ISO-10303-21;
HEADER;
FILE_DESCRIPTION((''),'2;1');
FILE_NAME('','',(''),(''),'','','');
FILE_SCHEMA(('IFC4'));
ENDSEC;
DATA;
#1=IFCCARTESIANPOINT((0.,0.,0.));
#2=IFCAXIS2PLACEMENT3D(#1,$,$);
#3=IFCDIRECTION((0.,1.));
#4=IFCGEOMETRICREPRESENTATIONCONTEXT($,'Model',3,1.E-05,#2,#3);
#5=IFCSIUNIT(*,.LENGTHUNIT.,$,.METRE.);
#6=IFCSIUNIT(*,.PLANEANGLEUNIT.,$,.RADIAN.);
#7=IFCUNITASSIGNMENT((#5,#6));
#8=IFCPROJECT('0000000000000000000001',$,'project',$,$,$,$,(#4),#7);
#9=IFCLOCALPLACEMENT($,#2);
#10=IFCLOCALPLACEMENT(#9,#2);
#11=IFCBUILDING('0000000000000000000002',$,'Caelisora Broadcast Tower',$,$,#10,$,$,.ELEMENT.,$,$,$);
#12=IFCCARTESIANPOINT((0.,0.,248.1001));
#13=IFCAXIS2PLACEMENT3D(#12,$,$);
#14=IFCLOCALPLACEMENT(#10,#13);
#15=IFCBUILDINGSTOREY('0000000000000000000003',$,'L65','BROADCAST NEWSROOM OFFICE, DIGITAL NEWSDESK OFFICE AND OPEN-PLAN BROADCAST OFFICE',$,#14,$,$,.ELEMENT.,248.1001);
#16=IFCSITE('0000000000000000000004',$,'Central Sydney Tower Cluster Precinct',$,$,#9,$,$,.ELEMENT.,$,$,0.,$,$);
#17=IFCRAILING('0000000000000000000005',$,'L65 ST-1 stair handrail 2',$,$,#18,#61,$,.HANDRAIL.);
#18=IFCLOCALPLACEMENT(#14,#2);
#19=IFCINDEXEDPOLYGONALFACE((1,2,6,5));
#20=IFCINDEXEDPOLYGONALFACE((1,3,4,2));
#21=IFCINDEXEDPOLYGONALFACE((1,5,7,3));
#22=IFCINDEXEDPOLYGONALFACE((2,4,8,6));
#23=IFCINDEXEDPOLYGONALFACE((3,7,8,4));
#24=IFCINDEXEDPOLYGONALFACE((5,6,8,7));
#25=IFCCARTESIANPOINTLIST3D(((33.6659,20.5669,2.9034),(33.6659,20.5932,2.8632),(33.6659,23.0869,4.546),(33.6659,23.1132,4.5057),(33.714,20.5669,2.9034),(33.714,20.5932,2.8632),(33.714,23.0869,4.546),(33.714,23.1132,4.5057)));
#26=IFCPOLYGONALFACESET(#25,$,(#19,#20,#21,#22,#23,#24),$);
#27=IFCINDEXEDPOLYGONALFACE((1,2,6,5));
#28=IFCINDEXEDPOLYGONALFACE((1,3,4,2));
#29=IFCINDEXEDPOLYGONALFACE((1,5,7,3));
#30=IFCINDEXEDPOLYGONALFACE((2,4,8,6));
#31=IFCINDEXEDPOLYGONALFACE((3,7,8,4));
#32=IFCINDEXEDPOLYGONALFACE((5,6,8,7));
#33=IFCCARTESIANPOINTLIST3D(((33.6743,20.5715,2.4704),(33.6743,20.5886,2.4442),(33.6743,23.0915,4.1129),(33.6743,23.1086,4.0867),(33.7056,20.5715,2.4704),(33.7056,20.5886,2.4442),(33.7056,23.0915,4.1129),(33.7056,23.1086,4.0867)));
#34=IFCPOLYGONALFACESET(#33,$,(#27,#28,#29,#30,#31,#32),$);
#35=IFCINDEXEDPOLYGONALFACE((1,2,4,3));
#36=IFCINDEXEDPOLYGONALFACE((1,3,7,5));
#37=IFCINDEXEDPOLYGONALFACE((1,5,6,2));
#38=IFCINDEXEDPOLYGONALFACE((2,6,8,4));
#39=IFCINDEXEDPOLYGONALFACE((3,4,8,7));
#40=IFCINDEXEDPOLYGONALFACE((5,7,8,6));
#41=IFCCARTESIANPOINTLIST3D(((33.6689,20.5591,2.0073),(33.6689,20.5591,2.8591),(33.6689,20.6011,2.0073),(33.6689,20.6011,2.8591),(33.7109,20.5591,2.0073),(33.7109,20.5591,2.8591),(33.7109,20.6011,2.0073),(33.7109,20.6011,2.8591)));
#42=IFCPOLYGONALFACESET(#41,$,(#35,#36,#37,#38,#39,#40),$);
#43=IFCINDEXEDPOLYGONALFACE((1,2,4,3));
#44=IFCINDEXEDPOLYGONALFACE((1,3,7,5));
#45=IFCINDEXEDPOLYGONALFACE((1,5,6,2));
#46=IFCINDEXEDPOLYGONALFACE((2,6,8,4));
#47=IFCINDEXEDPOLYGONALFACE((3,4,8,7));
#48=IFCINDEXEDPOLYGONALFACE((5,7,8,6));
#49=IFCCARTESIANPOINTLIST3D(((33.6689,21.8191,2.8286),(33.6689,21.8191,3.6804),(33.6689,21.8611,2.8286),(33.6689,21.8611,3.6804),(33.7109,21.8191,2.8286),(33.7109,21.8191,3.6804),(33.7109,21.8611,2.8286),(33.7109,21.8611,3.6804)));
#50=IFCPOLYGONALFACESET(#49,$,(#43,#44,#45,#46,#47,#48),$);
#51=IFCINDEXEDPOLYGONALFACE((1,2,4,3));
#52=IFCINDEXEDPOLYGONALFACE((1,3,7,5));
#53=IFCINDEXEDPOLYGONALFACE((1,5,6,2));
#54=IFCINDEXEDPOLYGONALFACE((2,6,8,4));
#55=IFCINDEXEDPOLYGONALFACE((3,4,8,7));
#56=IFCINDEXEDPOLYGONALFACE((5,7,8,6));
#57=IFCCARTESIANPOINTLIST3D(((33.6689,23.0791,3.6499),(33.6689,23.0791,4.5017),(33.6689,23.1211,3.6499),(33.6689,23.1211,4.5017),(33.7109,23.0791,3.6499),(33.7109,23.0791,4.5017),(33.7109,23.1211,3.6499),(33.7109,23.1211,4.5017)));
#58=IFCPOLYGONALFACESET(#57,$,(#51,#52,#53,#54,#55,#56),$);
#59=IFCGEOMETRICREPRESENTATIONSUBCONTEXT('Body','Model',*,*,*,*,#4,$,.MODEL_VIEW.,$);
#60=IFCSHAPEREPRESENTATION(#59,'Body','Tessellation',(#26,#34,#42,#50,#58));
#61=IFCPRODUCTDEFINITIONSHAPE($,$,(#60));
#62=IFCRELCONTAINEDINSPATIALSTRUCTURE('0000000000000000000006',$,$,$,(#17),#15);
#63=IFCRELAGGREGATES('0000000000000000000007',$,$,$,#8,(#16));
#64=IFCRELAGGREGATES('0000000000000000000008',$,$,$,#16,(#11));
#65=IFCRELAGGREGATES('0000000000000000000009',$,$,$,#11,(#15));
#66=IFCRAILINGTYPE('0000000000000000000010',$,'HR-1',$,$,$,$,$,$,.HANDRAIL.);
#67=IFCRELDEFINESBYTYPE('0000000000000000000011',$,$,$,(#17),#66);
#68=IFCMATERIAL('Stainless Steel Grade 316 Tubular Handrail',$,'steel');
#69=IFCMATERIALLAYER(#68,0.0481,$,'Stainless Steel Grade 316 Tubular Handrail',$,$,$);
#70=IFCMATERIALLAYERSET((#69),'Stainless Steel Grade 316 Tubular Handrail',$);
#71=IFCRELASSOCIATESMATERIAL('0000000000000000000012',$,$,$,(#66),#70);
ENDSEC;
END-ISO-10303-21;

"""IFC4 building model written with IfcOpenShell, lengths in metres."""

from ifc_helpers import new_model, si_unit, direction, frame, origin, origin_2d, place, context, subcontext, project, spatial, rectangle, extrude, material, layer, layer_set, type_object, element, save


model = new_model("IFC4")

# Units and contexts
model_context = context("Model", 3, precision=1e-05, world=origin(), true_north=direction((0.0, 1.0)))
body_context = subcontext(model_context, "Body", "Model", "MODEL_VIEW")
ifc_project = project(units=[si_unit("LENGTHUNIT", "METRE"), si_unit("PLANEANGLEUNIT", "RADIAN")], contexts=[model_context])

# Site, building, storey
site_placement = place(None, origin())
site = spatial("IfcSite", under=ifc_project, at=site_placement, Name="Central Sydney Tower Cluster Precinct", CompositionType="ELEMENT", RefElevation=0.0)
building_placement = place(site_placement, origin())
building = spatial("IfcBuilding", under=site, at=building_placement, Name="Caelisora Broadcast Tower", CompositionType="ELEMENT")
storey_placement = place(building_placement, frame((0.0, 0.0, 248.1001)))
storey = spatial("IfcBuildingStorey", under=building, at=storey_placement, Name="L65", Description="BROADCAST NEWSROOM OFFICE, DIGITAL NEWSDESK OFFICE AND OPEN-PLAN BROADCAST OFFICE", CompositionType="ELEMENT", Elevation=248.1001)

# Railing
ifc_material_1 = material(Name="Stainless Steel Grade 316 Tubular Handrail", Category="steel")
ifc_layer_1 = layer(ifc_material_1, 0.0481, Name="Stainless Steel Grade 316 Tubular Handrail")
ifc_layer_set_1 = layer_set([ifc_layer_1], Name="Stainless Steel Grade 316 Tubular Handrail")
railing_type_1 = type_object("IfcRailingType", Name="HR-1", PredefinedType="HANDRAIL", material=ifc_layer_set_1)
railing_1_placement = place(storey_placement, frame((33.6899, 20.5801, 2.0073)))
element("IfcRailing", 1, at=railing_1_placement, inside=storey, type_object=railing_type_1, Name="L65 ST-1 stair handrail 2", PredefinedType="HANDRAIL", context=body_context, shape_type="SweptSolid", body=[
    extrude(rectangle(XDim=0.0481, YDim=0.0481, at=origin_2d()), frame((0.0, 0.0, 0.876), z_axis=(0.0, 0.837749, 0.546055), x_axis=(-1.0, 0.0, 0.0)), (0.0, 0.0, 1.0), 3.0081),
    extrude(rectangle(XDim=0.0312, YDim=0.0312, at=origin_2d()), frame((0.0, 0.0, 0.45), z_axis=(0.0, 0.837749, 0.546055), x_axis=(-1.0, 0.0, 0.0)), (0.0, 0.0, 1.0), 3.0081),
    extrude(rectangle(XDim=0.042, YDim=0.042, at=origin_2d()), origin(), (0.0, 0.0, 1.0), 0.8518),
    extrude(rectangle(XDim=0.042, YDim=0.042, at=origin_2d()), frame((0.0, 1.26, 0.8213)), (0.0, 0.0, 1.0), 0.8518),
    extrude(rectangle(XDim=0.042, YDim=0.042, at=origin_2d()), frame((0.0, 2.52, 1.6426)), (0.0, 0.0, 1.0), 0.8518),
])

save(model, "model.ifc")
